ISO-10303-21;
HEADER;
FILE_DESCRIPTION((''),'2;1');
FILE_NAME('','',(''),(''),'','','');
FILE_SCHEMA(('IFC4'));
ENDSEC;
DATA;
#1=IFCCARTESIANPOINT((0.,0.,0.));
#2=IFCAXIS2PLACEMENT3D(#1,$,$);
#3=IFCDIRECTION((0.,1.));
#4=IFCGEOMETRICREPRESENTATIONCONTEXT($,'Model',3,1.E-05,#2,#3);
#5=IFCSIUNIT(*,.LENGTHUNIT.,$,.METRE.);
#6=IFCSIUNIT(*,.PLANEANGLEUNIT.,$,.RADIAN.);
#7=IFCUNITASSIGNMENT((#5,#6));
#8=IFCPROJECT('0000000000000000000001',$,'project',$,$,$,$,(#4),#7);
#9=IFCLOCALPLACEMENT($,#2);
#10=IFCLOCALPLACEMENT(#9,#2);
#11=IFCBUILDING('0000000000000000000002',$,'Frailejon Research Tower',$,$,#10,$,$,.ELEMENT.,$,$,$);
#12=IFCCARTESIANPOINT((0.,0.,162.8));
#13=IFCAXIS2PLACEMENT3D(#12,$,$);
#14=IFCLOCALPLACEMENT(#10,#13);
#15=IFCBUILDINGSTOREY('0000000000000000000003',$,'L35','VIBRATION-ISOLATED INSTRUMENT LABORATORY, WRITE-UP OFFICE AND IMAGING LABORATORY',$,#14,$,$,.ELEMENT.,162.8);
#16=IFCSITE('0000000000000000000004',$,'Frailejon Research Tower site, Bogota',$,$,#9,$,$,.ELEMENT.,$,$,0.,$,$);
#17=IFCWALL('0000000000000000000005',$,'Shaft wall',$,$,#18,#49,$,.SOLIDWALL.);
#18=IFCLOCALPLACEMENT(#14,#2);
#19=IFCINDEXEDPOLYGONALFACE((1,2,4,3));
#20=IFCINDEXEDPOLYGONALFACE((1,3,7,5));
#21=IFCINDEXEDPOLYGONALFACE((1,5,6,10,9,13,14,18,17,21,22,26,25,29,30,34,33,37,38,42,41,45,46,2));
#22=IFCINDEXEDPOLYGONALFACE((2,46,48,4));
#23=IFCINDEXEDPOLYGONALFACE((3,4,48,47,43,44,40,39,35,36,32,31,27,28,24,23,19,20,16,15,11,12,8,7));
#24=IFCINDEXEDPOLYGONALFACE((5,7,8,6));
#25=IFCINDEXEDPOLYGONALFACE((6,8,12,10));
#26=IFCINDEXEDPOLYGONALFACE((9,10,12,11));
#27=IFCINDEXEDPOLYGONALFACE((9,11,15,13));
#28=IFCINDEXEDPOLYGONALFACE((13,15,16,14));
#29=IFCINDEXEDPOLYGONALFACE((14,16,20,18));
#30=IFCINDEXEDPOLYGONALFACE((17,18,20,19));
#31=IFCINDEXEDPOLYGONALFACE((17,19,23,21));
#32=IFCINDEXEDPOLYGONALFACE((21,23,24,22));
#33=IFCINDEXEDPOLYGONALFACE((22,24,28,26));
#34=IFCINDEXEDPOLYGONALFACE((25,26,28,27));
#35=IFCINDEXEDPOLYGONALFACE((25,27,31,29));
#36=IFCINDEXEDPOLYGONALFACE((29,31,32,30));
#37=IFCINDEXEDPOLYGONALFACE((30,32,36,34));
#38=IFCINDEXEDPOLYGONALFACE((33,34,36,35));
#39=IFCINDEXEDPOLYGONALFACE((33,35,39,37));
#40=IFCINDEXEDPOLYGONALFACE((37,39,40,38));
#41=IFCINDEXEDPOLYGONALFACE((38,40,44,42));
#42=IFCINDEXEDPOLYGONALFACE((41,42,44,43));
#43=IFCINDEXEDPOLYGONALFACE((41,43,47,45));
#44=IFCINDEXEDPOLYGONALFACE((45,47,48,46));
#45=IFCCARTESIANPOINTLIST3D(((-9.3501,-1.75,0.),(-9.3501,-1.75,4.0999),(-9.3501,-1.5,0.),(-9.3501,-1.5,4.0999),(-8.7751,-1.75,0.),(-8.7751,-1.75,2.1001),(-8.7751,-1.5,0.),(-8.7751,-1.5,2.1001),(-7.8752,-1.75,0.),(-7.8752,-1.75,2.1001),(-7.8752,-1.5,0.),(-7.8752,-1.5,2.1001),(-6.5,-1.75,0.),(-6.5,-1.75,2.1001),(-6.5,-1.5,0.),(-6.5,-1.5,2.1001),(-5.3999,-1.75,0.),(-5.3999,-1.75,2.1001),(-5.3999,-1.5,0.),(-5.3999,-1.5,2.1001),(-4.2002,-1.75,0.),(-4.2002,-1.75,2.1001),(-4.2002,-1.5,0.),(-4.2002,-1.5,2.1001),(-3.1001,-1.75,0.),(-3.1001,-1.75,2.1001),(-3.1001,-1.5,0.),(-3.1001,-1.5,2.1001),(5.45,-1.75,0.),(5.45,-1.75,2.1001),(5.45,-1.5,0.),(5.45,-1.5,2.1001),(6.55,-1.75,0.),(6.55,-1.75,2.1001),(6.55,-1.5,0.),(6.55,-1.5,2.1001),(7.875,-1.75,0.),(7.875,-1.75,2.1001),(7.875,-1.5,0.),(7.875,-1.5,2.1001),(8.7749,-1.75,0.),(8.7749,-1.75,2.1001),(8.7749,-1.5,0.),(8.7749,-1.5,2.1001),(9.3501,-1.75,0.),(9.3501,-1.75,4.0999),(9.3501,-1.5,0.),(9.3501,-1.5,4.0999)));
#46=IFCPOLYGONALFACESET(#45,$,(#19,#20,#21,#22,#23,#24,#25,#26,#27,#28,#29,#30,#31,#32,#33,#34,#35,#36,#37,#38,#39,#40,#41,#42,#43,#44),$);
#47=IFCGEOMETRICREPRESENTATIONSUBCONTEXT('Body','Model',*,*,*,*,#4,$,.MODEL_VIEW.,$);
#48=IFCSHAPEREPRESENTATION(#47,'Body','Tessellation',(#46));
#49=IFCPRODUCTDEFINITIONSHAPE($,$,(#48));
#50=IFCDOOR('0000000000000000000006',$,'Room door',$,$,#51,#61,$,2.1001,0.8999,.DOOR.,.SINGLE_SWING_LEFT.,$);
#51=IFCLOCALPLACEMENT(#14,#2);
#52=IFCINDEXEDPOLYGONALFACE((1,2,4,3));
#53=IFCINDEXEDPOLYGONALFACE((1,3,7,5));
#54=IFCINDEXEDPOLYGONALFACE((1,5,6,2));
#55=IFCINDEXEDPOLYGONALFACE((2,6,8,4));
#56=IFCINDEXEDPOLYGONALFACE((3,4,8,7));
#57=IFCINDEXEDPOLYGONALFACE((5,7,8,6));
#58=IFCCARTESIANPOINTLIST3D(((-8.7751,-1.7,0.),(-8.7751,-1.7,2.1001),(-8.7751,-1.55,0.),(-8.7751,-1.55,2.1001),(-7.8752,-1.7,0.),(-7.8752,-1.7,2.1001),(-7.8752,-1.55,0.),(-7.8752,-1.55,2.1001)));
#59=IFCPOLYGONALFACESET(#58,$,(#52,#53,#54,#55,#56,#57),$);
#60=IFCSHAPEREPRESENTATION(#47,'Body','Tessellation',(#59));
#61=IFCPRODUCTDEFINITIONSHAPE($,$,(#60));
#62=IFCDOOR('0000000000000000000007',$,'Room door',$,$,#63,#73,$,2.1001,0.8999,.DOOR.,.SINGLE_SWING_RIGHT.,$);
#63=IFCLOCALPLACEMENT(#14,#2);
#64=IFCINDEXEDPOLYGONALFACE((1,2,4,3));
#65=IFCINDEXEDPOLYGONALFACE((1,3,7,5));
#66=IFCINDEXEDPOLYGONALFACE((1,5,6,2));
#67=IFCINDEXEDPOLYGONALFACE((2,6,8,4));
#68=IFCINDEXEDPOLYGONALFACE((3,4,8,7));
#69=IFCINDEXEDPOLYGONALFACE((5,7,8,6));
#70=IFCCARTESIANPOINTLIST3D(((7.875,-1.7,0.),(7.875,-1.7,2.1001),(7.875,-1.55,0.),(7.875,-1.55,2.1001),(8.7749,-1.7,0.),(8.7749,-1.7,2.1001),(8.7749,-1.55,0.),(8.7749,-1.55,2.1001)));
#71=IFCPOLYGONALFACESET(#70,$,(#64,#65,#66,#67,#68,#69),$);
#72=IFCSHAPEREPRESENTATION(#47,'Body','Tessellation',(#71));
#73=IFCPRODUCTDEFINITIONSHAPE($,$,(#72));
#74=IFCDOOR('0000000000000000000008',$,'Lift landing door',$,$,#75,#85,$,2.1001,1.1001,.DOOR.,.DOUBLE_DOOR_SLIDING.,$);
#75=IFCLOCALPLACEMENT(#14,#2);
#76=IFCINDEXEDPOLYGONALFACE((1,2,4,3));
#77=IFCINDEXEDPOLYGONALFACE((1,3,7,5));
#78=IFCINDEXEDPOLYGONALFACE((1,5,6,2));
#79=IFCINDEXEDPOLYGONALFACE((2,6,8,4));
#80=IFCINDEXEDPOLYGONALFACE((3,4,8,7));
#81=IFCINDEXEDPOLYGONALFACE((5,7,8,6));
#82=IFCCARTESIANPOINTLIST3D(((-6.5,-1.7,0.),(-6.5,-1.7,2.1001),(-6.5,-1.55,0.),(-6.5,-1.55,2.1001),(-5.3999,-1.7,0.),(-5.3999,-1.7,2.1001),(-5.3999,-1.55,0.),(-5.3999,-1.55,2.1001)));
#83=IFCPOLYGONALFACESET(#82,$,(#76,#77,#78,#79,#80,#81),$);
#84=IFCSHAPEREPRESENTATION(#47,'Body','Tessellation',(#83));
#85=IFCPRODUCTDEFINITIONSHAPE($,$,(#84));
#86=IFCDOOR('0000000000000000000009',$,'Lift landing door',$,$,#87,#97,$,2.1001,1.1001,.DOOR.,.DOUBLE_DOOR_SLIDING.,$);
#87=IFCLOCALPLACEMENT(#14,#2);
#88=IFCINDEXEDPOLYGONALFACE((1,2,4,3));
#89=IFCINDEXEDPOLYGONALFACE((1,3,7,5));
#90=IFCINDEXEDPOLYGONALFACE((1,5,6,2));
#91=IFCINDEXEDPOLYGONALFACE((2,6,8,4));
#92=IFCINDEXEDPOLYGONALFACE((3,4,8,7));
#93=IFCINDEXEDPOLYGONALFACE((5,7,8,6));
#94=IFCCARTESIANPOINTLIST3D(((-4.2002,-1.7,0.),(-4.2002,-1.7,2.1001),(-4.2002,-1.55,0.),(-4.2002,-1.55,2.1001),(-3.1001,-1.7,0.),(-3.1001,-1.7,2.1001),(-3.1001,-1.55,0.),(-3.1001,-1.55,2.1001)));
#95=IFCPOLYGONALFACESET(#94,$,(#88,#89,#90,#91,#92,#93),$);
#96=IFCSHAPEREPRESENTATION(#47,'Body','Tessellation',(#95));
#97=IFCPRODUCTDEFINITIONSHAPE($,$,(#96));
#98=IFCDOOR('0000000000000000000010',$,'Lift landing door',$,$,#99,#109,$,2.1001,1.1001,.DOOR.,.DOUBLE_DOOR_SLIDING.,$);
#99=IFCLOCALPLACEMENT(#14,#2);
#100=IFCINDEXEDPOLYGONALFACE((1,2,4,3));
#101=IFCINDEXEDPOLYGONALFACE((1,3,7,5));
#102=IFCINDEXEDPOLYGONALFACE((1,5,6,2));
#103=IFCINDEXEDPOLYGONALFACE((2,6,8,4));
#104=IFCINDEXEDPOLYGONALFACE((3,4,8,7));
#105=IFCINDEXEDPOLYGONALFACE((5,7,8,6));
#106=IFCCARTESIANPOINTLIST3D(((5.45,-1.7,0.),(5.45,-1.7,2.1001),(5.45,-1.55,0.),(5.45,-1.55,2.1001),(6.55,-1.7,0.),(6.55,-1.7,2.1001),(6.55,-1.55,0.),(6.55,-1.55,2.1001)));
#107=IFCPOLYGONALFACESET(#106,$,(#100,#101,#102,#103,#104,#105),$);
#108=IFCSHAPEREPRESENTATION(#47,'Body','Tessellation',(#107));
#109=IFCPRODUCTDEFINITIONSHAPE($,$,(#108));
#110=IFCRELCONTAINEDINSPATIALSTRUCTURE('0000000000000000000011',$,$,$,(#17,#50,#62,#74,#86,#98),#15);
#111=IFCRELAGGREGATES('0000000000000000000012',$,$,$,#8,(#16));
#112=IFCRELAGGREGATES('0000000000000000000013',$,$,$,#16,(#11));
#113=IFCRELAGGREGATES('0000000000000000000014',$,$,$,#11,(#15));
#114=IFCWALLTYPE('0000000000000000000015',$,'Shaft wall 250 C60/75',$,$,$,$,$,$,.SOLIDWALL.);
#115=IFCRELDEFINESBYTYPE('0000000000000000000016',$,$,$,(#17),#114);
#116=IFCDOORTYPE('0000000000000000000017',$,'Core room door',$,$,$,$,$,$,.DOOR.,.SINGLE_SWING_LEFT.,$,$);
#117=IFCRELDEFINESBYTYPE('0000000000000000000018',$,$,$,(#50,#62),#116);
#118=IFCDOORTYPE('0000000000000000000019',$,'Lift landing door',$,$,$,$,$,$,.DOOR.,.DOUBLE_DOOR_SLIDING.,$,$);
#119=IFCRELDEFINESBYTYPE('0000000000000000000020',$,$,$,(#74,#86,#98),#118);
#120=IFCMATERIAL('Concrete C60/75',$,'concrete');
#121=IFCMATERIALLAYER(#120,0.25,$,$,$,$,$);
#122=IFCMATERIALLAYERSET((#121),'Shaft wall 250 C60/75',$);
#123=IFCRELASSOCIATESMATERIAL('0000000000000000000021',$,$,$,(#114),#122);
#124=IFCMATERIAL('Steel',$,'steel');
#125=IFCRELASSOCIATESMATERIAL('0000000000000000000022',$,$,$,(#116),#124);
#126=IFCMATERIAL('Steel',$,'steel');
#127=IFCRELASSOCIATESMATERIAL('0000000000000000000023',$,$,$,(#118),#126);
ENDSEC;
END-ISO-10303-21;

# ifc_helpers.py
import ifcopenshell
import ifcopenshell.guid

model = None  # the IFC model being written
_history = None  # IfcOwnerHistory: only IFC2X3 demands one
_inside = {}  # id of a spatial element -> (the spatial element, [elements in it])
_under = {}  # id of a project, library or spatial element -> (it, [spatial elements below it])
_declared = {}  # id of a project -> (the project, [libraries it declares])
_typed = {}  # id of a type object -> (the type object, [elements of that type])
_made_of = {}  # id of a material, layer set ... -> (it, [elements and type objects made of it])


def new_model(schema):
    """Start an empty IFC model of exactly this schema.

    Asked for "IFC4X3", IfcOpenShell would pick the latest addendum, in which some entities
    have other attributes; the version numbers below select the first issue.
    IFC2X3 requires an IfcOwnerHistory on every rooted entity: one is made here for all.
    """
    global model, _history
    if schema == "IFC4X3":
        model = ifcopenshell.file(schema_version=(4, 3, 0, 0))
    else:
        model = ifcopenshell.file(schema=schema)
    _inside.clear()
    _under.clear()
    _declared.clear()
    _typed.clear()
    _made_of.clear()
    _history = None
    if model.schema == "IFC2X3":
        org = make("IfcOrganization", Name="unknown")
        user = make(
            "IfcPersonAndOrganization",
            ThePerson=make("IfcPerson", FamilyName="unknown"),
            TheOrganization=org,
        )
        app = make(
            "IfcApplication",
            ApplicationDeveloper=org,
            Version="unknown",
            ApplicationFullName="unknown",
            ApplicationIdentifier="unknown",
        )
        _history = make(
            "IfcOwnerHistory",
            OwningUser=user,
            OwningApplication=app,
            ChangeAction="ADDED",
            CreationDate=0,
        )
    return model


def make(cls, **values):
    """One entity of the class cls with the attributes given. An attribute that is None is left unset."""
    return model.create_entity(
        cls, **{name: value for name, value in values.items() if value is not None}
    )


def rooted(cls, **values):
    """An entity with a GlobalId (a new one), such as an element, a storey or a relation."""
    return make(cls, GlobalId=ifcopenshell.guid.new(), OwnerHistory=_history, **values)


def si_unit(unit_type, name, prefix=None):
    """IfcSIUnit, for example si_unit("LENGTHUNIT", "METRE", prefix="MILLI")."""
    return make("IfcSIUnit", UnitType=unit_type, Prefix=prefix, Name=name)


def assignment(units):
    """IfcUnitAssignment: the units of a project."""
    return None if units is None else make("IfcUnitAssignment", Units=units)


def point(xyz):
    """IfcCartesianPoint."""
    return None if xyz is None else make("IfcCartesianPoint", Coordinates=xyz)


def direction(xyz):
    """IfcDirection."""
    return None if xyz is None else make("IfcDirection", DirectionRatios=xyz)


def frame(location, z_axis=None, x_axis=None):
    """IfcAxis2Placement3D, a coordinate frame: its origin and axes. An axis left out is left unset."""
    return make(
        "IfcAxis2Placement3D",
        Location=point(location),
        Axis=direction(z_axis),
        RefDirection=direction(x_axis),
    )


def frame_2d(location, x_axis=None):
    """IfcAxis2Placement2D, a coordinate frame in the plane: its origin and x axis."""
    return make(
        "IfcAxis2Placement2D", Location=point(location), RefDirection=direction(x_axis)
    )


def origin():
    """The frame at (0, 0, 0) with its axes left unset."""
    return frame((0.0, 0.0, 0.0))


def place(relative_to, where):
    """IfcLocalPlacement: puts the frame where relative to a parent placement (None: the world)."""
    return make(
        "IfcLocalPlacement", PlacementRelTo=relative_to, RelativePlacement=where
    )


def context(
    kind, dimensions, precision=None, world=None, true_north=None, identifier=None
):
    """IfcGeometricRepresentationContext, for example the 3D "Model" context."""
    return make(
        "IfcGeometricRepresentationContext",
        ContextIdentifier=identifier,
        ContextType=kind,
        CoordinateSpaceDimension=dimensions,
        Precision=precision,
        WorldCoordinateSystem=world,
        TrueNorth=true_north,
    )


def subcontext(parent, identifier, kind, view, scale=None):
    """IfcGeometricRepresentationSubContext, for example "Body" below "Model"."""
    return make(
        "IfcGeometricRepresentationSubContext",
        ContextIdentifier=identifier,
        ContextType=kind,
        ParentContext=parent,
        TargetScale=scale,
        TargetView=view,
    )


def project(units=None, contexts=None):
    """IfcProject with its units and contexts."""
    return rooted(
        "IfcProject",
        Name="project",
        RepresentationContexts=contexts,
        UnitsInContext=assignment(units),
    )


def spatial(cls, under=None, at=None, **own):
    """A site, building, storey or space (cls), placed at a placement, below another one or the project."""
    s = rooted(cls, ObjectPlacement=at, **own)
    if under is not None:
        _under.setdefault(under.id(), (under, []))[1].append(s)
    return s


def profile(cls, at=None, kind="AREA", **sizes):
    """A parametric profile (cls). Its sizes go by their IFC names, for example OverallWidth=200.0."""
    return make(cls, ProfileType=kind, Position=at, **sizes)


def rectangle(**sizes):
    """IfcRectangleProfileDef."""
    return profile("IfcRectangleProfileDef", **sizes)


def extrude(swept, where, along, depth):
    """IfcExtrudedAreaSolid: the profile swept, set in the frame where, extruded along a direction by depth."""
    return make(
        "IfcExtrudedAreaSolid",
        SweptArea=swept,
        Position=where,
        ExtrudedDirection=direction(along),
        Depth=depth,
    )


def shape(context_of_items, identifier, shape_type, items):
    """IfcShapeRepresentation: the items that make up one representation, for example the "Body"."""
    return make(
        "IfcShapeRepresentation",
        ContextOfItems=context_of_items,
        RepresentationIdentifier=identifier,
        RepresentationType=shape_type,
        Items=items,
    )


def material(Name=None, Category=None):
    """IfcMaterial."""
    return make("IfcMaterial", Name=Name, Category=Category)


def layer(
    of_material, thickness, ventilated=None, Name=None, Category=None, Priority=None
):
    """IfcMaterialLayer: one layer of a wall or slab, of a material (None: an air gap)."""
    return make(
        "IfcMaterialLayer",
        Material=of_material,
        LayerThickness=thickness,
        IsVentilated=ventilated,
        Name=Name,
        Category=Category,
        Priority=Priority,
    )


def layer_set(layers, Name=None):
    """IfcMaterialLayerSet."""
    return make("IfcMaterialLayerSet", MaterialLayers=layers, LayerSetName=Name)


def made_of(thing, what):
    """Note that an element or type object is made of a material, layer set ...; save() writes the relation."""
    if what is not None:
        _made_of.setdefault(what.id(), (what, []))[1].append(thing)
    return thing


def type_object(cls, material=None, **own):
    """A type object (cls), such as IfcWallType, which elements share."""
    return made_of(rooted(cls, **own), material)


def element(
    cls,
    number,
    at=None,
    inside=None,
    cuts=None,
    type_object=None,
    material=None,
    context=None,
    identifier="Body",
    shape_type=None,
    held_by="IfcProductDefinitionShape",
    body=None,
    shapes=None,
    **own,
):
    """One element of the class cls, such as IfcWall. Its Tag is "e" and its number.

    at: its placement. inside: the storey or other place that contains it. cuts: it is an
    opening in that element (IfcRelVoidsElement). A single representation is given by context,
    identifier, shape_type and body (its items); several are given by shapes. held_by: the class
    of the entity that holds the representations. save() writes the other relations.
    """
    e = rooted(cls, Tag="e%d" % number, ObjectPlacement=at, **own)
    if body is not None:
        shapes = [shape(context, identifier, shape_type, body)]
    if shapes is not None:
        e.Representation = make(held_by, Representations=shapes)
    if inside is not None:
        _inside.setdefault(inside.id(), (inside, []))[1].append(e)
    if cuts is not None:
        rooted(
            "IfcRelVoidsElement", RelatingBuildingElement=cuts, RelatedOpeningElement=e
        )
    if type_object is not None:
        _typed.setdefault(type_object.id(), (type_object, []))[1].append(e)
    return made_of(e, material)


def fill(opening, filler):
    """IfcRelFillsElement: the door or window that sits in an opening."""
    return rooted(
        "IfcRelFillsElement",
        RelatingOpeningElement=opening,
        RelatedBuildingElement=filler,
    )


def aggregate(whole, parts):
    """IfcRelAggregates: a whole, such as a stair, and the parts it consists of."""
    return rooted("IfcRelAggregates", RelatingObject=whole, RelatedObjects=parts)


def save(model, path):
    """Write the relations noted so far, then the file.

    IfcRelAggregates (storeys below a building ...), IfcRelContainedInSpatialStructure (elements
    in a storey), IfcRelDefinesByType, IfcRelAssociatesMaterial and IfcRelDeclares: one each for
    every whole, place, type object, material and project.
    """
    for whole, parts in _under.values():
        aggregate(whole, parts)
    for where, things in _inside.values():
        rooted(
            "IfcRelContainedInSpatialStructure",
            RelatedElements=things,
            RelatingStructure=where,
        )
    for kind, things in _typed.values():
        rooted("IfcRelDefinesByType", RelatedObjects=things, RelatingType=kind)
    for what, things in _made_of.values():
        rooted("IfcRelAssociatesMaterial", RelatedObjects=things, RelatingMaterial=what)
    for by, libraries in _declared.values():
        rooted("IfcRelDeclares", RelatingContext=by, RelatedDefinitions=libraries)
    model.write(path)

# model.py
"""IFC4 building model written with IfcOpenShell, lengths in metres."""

from ifc_helpers import new_model, si_unit, direction, frame, frame_2d, origin, place, context, subcontext, project, spatial, rectangle, extrude, material, layer, layer_set, type_object, element, fill, save


model = new_model("IFC4")

# Units and contexts
model_context = context("Model", 3, precision=1e-05, world=origin(), true_north=direction((0.0, 1.0)))
body_context = subcontext(model_context, "Body", "Model", "MODEL_VIEW")
ifc_project = project(units=[si_unit("LENGTHUNIT", "METRE"), si_unit("PLANEANGLEUNIT", "RADIAN")], contexts=[model_context])

# Site, building, storey
site_placement = place(None, origin())
site = spatial("IfcSite", under=ifc_project, at=site_placement, Name="Frailejon Research Tower site, Bogota", CompositionType="ELEMENT", RefElevation=0.0)
building_placement = place(site_placement, origin())
building = spatial("IfcBuilding", under=site, at=building_placement, Name="Frailejon Research Tower", CompositionType="ELEMENT")
storey_placement = place(building_placement, frame((0.0, 0.0, 162.8)))
storey = spatial("IfcBuildingStorey", under=building, at=storey_placement, Name="L35", Description="VIBRATION-ISOLATED INSTRUMENT LABORATORY, WRITE-UP OFFICE AND IMAGING LABORATORY", CompositionType="ELEMENT", Elevation=162.8)

# Shared definitions
ifc_material_1 = material(Name="Concrete C60/75", Category="concrete")
ifc_layer_1 = layer(ifc_material_1, 0.25)
ifc_layer_set_1 = layer_set([ifc_layer_1], Name="Shaft wall 250 C60/75")
wall_type_1 = type_object("IfcWallType", Name="Shaft wall 250 C60/75", PredefinedType="SOLIDWALL", material=ifc_layer_set_1)
ifc_material_2 = material(Name="Steel", Category="steel")
door_type_1 = type_object("IfcDoorType", Name="Core room door", OperationType="SINGLE_SWING_LEFT", PredefinedType="DOOR", material=ifc_material_2)

# Wall, openings, doors
wall_1_placement = place(storey_placement, frame((-9.3501, -1.625, 0.0), z_axis=(0.0, 0.0, 1.0), x_axis=(1.0, 0.0, 0.0)))
wall_1 = element("IfcWall", 1, at=wall_1_placement, inside=storey, type_object=wall_type_1, Name="Shaft wall", PredefinedType="SOLIDWALL", context=body_context, shape_type="SweptSolid", body=[
    extrude(rectangle(XDim=18.7002, YDim=0.25, at=frame_2d((9.3501, 0.0))), origin(), (0.0, 0.0, 1.0), 4.0999),
])
opening_1_placement = place(wall_1_placement, frame((2.8501, 0.0, 0.0)))
opening_1 = element("IfcOpeningElement", 2, at=opening_1_placement, cuts=wall_1, PredefinedType="OPENING", context=body_context, shape_type="SweptSolid", body=[
    extrude(rectangle(XDim=1.1001, YDim=2.1001, at=frame_2d((0.55, 1.05))), frame((0.0, 0.135, 0.0), z_axis=(0.0, -1.0, 0.0), x_axis=(1.0, 0.0, 0.0)), (0.0, 0.0, 1.0), 0.27),
])
opening_2_placement = place(wall_1_placement, frame((5.1499, 0.0, 0.0)))
opening_2 = element("IfcOpeningElement", 3, at=opening_2_placement, cuts=wall_1, PredefinedType="OPENING", context=body_context, shape_type="SweptSolid", body=[
    extrude(rectangle(XDim=1.1001, YDim=2.1001, at=frame_2d((0.55, 1.05))), frame((0.0, 0.135, 0.0), z_axis=(0.0, -1.0, 0.0), x_axis=(1.0, 0.0, 0.0)), (0.0, 0.0, 1.0), 0.27),
])
opening_3_placement = place(wall_1_placement, frame((14.8, 0.0, 0.0)))
opening_3 = element("IfcOpeningElement", 4, at=opening_3_placement, cuts=wall_1, PredefinedType="OPENING", context=body_context, shape_type="SweptSolid", body=[
    extrude(rectangle(XDim=1.1001, YDim=2.1001, at=frame_2d((0.55, 1.05))), frame((0.0, 0.135, 0.0), z_axis=(0.0, -1.0, 0.0), x_axis=(1.0, 0.0, 0.0)), (0.0, 0.0, 1.0), 0.27),
])
opening_4_placement = place(wall_1_placement, frame((0.575, 0.0, 0.0)))
opening_4 = element("IfcOpeningElement", 5, at=opening_4_placement, cuts=wall_1, PredefinedType="OPENING", context=body_context, shape_type="SweptSolid", body=[
    extrude(rectangle(XDim=0.8999, YDim=2.1001, at=frame_2d((0.45, 1.05))), frame((0.0, 0.135, 0.0), z_axis=(0.0, -1.0, 0.0), x_axis=(1.0, 0.0, 0.0)), (0.0, 0.0, 1.0), 0.27),
])
opening_5_placement = place(wall_1_placement, frame((17.2251, 0.0, 0.0)))
opening_5 = element("IfcOpeningElement", 6, at=opening_5_placement, cuts=wall_1, PredefinedType="OPENING", context=body_context, shape_type="SweptSolid", body=[
    extrude(rectangle(XDim=0.8999, YDim=2.1001, at=frame_2d((0.45, 1.05))), frame((0.0, 0.135, 0.0), z_axis=(0.0, -1.0, 0.0), x_axis=(1.0, 0.0, 0.0)), (0.0, 0.0, 1.0), 0.27),
])
door_1_placement = place(opening_4_placement, origin())
door_1 = element("IfcDoor", 7, at=door_1_placement, inside=storey, type_object=door_type_1, Name="Room door", OperationType="SINGLE_SWING_LEFT", OverallHeight=2.1001, OverallWidth=0.8999, PredefinedType="DOOR", context=body_context, shape_type="SweptSolid", body=[
    extrude(rectangle(XDim=0.8999, YDim=2.1001, at=frame_2d((0.45, 1.05))), frame((0.0, 0.075, 0.0), z_axis=(0.0, -1.0, 0.0), x_axis=(1.0, 0.0, 0.0)), (0.0, 0.0, 1.0), 0.1499),
])
fill(opening_4, door_1)
door_2_placement = place(opening_5_placement, origin())
door_2 = element("IfcDoor", 8, at=door_2_placement, inside=storey, type_object=door_type_1, Name="Room door", OperationType="SINGLE_SWING_RIGHT", OverallHeight=2.1001, OverallWidth=0.8999, PredefinedType="DOOR", context=body_context, shape_type="SweptSolid", body=[
    extrude(rectangle(XDim=0.8999, YDim=2.1001, at=frame_2d((0.45, 1.05))), frame((0.0, 0.075, 0.0), z_axis=(0.0, -1.0, 0.0), x_axis=(1.0, 0.0, 0.0)), (0.0, 0.0, 1.0), 0.1499),
])
fill(opening_5, door_2)
ifc_material_3 = material(Name="Steel", Category="steel")
door_type_2 = type_object("IfcDoorType", Name="Lift landing door", OperationType="DOUBLE_DOOR_SLIDING", PredefinedType="DOOR", material=ifc_material_3)
door_3_placement = place(opening_1_placement, origin())
door_3 = element("IfcDoor", 9, at=door_3_placement, inside=storey, type_object=door_type_2, Name="Lift landing door", OperationType="DOUBLE_DOOR_SLIDING", OverallHeight=2.1001, OverallWidth=1.1001, PredefinedType="DOOR", context=body_context, shape_type="SweptSolid", body=[
    extrude(rectangle(XDim=1.1001, YDim=2.1001, at=frame_2d((0.55, 1.05))), frame((0.0, 0.075, 0.0), z_axis=(0.0, -1.0, 0.0), x_axis=(1.0, 0.0, 0.0)), (0.0, 0.0, 1.0), 0.1499),
])
fill(opening_1, door_3)
door_4_placement = place(opening_2_placement, origin())
door_4 = element("IfcDoor", 10, at=door_4_placement, inside=storey, type_object=door_type_2, Name="Lift landing door", OperationType="DOUBLE_DOOR_SLIDING", OverallHeight=2.1001, OverallWidth=1.1001, PredefinedType="DOOR", context=body_context, shape_type="SweptSolid", body=[
    extrude(rectangle(XDim=1.1001, YDim=2.1001, at=frame_2d((0.55, 1.05))), frame((0.0, 0.075, 0.0), z_axis=(0.0, -1.0, 0.0), x_axis=(1.0, 0.0, 0.0)), (0.0, 0.0, 1.0), 0.1499),
])
fill(opening_2, door_4)
door_5_placement = place(opening_3_placement, origin())
door_5 = element("IfcDoor", 11, at=door_5_placement, inside=storey, type_object=door_type_2, Name="Lift landing door", OperationType="DOUBLE_DOOR_SLIDING", OverallHeight=2.1001, OverallWidth=1.1001, PredefinedType="DOOR", context=body_context, shape_type="SweptSolid", body=[
    extrude(rectangle(XDim=1.1001, YDim=2.1001, at=frame_2d((0.55, 1.05))), frame((0.0, 0.075, 0.0), z_axis=(0.0, -1.0, 0.0), x_axis=(1.0, 0.0, 0.0)), (0.0, 0.0, 1.0), 0.1499),
])
fill(opening_3, door_5)

save(model, "model.ifc")
